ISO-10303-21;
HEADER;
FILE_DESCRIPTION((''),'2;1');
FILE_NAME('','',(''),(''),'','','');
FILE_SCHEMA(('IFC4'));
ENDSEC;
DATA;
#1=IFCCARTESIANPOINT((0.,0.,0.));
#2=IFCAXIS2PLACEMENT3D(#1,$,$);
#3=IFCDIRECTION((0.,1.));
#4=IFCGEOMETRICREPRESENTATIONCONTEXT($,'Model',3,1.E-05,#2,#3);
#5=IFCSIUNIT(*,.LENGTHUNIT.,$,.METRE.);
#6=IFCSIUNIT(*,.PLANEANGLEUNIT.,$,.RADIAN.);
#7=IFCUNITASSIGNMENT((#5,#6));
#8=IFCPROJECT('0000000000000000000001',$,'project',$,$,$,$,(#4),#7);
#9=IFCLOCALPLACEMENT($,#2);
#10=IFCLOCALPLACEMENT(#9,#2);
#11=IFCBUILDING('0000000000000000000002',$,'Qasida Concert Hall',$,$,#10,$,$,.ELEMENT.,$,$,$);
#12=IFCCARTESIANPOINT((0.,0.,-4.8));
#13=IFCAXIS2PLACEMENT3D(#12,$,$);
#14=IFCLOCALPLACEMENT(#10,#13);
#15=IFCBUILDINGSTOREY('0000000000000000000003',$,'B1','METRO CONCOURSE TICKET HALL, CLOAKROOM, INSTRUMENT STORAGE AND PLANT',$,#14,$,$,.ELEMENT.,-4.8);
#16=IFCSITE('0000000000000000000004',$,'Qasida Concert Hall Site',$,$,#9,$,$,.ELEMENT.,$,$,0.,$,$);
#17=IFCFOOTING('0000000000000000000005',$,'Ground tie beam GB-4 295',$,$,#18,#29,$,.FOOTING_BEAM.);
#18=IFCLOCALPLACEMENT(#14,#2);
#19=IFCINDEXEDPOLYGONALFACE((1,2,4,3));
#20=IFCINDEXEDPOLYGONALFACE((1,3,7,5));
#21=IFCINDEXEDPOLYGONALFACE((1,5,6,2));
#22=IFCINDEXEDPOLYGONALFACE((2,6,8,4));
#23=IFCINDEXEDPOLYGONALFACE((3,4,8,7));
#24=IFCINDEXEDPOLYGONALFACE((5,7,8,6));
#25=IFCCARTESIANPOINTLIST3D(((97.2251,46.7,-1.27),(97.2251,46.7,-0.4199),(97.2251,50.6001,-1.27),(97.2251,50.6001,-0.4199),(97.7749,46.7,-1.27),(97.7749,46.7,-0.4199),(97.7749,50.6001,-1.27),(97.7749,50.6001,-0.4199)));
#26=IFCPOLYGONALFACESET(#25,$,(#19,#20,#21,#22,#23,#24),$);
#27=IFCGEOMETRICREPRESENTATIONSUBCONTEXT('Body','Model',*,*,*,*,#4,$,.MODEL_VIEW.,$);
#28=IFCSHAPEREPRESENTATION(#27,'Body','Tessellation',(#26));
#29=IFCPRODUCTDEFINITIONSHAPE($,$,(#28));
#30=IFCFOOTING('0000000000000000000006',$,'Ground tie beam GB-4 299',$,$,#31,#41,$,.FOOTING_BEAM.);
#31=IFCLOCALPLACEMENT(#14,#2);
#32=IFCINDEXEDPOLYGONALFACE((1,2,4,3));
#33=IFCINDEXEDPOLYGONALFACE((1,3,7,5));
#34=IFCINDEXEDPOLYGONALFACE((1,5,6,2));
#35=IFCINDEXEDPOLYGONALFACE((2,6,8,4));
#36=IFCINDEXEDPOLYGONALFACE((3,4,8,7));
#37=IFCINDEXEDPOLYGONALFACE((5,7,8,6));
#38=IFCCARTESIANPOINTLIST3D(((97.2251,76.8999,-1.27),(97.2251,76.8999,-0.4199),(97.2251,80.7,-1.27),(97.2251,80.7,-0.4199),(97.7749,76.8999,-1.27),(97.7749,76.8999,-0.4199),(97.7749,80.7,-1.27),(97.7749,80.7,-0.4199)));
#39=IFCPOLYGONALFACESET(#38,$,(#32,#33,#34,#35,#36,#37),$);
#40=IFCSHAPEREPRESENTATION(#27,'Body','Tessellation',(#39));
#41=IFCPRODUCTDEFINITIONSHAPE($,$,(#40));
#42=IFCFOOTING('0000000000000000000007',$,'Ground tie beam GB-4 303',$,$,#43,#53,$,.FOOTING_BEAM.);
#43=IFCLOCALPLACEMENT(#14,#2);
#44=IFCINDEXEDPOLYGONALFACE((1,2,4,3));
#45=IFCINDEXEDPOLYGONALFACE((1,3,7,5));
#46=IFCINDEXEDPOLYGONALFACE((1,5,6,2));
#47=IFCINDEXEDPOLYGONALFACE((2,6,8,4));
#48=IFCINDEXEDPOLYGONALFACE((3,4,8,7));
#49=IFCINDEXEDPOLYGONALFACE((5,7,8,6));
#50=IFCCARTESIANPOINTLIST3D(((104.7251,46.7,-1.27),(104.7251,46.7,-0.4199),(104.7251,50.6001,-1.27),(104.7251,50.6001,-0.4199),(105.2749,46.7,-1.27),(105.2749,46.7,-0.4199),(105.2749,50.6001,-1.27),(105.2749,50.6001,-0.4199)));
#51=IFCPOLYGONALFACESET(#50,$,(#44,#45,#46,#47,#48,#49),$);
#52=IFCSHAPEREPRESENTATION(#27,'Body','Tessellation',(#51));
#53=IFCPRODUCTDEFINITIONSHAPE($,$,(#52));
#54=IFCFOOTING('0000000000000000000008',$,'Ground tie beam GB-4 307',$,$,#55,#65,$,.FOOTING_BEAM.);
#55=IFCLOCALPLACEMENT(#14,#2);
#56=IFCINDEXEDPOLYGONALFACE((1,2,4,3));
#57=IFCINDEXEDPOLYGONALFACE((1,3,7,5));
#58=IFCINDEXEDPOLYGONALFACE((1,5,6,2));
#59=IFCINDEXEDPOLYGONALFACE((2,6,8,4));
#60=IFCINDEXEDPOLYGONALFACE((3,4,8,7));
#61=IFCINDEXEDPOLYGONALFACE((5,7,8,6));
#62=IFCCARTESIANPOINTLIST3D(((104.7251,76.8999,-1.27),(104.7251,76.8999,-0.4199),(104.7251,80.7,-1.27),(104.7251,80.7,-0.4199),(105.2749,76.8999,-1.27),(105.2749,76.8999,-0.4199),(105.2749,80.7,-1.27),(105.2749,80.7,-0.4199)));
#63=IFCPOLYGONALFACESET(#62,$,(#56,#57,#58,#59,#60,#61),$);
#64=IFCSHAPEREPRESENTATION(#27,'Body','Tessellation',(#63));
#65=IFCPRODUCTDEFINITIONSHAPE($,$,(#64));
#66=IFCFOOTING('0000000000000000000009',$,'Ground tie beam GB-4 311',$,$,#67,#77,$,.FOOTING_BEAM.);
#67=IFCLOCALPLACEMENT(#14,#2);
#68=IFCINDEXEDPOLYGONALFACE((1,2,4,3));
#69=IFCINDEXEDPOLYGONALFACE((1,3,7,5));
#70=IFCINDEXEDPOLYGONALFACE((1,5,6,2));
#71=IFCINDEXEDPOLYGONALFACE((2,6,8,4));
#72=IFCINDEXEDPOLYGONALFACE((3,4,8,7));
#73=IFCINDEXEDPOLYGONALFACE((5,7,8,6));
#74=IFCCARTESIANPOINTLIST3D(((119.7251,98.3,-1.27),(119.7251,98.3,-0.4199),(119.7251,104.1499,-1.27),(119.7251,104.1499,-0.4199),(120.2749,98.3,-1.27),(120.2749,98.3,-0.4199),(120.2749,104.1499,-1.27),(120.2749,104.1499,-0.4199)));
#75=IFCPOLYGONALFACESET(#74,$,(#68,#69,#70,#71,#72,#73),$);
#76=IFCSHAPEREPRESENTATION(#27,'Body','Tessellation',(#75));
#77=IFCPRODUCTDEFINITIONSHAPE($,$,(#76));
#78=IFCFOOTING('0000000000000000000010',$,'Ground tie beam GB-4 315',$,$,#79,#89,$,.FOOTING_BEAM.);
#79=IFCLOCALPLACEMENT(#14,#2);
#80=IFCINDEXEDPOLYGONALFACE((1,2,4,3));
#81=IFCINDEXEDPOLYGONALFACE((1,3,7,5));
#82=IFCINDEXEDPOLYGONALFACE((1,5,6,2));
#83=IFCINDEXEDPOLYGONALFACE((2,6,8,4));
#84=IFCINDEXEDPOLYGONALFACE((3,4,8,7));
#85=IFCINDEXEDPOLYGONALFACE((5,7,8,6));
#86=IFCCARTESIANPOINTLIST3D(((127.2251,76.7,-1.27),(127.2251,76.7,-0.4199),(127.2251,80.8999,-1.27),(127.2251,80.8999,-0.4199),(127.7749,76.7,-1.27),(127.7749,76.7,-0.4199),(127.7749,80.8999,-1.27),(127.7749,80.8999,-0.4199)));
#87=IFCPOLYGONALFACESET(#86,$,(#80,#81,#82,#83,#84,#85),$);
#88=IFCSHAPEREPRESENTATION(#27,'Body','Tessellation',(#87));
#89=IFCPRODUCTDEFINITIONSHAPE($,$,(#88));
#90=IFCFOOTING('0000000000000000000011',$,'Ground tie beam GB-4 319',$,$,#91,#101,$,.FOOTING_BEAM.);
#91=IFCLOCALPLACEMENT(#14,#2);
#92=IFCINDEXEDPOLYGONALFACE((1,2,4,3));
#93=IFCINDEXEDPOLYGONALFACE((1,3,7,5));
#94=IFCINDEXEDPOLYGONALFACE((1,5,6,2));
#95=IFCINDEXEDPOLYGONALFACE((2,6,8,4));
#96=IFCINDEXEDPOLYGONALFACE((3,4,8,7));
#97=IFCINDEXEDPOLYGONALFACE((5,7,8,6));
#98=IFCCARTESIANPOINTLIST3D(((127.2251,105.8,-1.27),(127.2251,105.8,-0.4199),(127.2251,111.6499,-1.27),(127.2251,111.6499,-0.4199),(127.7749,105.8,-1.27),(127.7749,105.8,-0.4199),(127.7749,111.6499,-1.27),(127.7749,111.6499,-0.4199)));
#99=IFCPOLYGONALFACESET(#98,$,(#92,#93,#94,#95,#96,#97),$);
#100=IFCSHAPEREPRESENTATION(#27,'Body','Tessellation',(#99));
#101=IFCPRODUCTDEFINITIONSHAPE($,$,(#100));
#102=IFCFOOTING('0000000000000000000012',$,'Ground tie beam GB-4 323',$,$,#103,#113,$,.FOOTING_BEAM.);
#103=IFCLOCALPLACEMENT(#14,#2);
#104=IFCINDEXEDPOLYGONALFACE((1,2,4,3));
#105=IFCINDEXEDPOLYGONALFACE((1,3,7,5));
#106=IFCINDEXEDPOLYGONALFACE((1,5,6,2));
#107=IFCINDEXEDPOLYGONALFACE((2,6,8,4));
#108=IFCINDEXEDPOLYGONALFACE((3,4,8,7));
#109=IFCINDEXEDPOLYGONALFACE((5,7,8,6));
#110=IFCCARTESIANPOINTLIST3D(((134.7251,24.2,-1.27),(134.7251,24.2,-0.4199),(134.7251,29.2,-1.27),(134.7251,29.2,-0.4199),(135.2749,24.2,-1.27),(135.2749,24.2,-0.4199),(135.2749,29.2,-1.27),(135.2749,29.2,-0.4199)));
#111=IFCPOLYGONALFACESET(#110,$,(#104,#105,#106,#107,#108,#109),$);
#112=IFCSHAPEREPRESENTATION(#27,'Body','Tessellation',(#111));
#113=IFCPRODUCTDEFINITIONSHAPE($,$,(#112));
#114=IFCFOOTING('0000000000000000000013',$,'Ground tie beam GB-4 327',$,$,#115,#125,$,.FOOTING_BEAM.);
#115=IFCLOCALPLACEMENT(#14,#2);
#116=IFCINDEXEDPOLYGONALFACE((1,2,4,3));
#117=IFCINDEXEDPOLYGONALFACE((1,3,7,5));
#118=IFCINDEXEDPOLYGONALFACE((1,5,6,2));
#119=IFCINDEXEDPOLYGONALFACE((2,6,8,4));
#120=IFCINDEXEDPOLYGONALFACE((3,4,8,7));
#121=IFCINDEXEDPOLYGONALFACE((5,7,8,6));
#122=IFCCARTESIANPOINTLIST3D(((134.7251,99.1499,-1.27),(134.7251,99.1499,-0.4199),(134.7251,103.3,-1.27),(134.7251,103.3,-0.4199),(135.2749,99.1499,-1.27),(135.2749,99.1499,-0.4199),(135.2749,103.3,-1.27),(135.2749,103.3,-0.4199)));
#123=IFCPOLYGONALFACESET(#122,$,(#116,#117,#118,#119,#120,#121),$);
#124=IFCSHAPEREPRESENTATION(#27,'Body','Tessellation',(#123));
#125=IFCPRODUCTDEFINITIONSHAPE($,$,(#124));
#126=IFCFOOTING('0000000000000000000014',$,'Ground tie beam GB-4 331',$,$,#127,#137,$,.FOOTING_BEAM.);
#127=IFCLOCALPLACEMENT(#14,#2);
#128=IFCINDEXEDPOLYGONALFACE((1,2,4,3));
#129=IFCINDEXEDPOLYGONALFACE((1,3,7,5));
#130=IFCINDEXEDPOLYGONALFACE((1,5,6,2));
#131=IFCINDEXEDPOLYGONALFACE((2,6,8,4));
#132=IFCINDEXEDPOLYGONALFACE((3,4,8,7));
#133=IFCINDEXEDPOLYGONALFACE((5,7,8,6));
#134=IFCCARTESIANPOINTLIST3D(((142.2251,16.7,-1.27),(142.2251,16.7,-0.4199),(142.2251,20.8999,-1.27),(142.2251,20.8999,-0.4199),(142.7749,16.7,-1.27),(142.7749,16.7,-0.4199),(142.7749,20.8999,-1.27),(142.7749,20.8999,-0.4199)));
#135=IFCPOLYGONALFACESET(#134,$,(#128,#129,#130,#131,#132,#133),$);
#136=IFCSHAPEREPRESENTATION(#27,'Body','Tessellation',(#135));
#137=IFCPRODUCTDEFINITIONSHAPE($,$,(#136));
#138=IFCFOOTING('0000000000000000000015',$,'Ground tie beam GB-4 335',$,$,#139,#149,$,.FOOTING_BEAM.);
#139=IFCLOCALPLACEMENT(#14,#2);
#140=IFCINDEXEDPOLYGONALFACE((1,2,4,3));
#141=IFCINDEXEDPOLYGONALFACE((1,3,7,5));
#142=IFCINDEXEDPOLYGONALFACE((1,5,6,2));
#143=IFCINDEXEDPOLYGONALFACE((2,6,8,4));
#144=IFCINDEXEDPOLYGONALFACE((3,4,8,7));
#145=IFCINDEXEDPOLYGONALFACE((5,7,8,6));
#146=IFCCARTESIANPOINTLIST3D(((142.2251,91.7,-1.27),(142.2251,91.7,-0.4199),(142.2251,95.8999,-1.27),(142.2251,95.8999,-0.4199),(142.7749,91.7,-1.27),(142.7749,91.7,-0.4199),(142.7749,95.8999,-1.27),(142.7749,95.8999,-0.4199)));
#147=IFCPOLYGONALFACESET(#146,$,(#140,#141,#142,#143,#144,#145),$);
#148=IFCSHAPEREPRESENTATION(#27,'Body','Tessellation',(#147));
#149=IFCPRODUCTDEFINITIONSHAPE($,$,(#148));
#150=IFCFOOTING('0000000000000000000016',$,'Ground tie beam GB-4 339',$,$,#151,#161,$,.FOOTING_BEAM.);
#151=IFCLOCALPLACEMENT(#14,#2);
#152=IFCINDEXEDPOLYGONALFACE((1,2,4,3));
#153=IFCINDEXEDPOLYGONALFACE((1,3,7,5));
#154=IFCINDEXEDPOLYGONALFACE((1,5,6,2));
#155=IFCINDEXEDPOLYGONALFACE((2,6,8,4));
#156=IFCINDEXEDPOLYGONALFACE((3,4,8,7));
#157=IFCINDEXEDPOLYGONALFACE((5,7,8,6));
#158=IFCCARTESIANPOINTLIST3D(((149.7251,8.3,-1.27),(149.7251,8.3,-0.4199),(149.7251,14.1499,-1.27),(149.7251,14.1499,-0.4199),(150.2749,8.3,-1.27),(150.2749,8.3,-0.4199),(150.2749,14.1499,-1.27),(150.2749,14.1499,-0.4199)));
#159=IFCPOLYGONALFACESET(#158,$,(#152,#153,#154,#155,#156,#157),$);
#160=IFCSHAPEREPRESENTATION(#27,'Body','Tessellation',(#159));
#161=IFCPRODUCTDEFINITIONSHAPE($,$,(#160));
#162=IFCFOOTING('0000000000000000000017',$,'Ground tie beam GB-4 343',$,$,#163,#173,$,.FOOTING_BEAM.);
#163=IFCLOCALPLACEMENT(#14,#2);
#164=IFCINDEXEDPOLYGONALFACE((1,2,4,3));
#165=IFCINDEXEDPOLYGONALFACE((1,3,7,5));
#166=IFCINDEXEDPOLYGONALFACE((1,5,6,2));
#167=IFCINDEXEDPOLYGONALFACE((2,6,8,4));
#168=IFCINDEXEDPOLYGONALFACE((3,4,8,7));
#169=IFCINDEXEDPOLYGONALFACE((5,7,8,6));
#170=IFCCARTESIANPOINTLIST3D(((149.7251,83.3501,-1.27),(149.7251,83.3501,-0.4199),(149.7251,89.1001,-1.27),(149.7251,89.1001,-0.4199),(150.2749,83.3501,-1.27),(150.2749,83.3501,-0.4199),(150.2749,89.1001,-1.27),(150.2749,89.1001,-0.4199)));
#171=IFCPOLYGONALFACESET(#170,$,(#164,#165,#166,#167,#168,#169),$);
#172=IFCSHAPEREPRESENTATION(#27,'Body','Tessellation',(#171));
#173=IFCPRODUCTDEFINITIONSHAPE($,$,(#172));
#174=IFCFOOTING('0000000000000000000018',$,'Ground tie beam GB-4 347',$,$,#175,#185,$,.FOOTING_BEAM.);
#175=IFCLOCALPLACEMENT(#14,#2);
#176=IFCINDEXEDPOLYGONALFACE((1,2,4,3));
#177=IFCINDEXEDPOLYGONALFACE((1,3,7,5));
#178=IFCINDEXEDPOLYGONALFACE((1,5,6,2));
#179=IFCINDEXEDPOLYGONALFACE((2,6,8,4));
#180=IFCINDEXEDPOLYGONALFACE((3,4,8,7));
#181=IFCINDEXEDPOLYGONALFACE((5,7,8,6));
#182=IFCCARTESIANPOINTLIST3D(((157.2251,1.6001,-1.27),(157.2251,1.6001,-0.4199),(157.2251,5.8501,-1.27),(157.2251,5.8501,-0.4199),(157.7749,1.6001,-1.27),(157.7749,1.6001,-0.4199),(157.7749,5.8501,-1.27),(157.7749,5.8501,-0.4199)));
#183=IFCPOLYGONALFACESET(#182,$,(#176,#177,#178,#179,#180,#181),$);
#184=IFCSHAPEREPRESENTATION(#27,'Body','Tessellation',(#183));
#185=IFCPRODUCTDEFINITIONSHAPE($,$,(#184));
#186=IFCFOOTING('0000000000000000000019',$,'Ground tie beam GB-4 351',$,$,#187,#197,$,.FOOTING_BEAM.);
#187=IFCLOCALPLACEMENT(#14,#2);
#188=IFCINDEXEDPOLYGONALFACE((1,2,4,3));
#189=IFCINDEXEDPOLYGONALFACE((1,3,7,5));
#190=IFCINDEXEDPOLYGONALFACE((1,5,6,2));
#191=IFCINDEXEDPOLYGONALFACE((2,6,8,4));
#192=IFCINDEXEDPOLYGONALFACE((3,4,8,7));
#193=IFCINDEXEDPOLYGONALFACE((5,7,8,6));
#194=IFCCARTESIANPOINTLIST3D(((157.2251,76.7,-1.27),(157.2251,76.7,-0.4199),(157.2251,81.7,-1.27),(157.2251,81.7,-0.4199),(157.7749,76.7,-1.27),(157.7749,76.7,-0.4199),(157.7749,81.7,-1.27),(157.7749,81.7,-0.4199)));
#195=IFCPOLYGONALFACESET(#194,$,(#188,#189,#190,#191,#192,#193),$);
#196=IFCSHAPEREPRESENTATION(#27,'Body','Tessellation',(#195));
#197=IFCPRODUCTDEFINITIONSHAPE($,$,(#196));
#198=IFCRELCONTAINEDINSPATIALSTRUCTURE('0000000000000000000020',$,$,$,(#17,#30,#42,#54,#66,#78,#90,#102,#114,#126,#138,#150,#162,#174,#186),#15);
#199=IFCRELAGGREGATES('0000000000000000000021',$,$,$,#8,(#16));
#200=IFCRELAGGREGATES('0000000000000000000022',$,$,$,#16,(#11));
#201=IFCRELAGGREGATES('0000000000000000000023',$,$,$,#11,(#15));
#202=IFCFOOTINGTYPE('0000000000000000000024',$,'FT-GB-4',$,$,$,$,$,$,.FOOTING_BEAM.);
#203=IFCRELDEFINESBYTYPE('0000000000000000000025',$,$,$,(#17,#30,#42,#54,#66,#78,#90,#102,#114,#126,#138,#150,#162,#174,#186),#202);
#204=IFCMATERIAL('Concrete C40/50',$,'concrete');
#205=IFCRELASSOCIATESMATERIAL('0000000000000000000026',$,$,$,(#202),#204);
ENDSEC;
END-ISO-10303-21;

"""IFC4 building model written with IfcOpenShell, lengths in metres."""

from ifc_helpers import new_model, si_unit, direction, frame, origin, place, context, subcontext, project, spatial, polyline, outline, extrude, material, type_object, element, save


model = new_model("IFC4")

# Units and contexts
model_context = context("Model", 3, precision=1e-05, world=origin(), true_north=direction((0.0, 1.0)))
body_context = subcontext(model_context, "Body", "Model", "MODEL_VIEW")
ifc_project = project(units=[si_unit("LENGTHUNIT", "METRE"), si_unit("PLANEANGLEUNIT", "RADIAN")], contexts=[model_context])

# Site, building, storey
site_placement = place(None, origin())
site = spatial("IfcSite", under=ifc_project, at=site_placement, Name="Qasida Concert Hall Site", CompositionType="ELEMENT", RefElevation=0.0)
building_placement = place(site_placement, origin())
building = spatial("IfcBuilding", under=site, at=building_placement, Name="Qasida Concert Hall", CompositionType="ELEMENT")
storey_placement = place(building_placement, frame((0.0, 0.0, -4.8)))
storey = spatial("IfcBuildingStorey", under=building, at=storey_placement, Name="B1", Description="METRO CONCOURSE TICKET HALL, CLOAKROOM, INSTRUMENT STORAGE AND PLANT", CompositionType="ELEMENT", Elevation=-4.8)

# Footings
ifc_material = material(Name="Concrete C40/50", Category="concrete")
footing_type_1 = type_object("IfcFootingType", Name="FT-GB-4", PredefinedType="FOOTING_BEAM", material=ifc_material)
footing_1_placement = place(storey_placement, frame((0.0, 0.0, -1.27)))
element("IfcFooting", 1, at=footing_1_placement, inside=storey, type_object=footing_type_1, Name="Ground tie beam GB-4 295", PredefinedType="FOOTING_BEAM", context=body_context, shape_type="SweptSolid", body=[
    extrude(outline(polyline([(97.2251, 46.7), (97.7749, 46.7), (97.7749, 50.6001), (97.2251, 50.6001), (97.2251, 46.7)])), origin(), (0.0, 0.0, 1.0), 0.8501),
])
footing_2_placement = place(storey_placement, frame((0.0, 0.0, -1.27)))
element("IfcFooting", 2, at=footing_2_placement, inside=storey, type_object=footing_type_1, Name="Ground tie beam GB-4 299", PredefinedType="FOOTING_BEAM", context=body_context, shape_type="SweptSolid", body=[
    extrude(outline(polyline([(97.2251, 76.8999), (97.7749, 76.8999), (97.7749, 80.7), (97.2251, 80.7), (97.2251, 76.8999)])), origin(), (0.0, 0.0, 1.0), 0.8501),
])
footing_3_placement = place(storey_placement, frame((0.0, 0.0, -1.27)))
element("IfcFooting", 3, at=footing_3_placement, inside=storey, type_object=footing_type_1, Name="Ground tie beam GB-4 303", PredefinedType="FOOTING_BEAM", context=body_context, shape_type="SweptSolid", body=[
    extrude(outline(polyline([(104.7251, 46.7), (105.2749, 46.7), (105.2749, 50.6001), (104.7251, 50.6001), (104.7251, 46.7)])), origin(), (0.0, 0.0, 1.0), 0.8501),
])
footing_4_placement = place(storey_placement, frame((0.0, 0.0, -1.27)))
element("IfcFooting", 4, at=footing_4_placement, inside=storey, type_object=footing_type_1, Name="Ground tie beam GB-4 307", PredefinedType="FOOTING_BEAM", context=body_context, shape_type="SweptSolid", body=[
    extrude(outline(polyline([(104.7251, 76.8999), (105.2749, 76.8999), (105.2749, 80.7), (104.7251, 80.7), (104.7251, 76.8999)])), origin(), (0.0, 0.0, 1.0), 0.8501),
])
footing_5_placement = place(storey_placement, frame((0.0, 0.0, -1.27)))
element("IfcFooting", 5, at=footing_5_placement, inside=storey, type_object=footing_type_1, Name="Ground tie beam GB-4 311", PredefinedType="FOOTING_BEAM", context=body_context, shape_type="SweptSolid", body=[
    extrude(outline(polyline([(119.7251, 98.3), (120.2749, 98.3), (120.2749, 104.1499), (119.7251, 104.1499), (119.7251, 98.3)])), origin(), (0.0, 0.0, 1.0), 0.8501),
])
footing_6_placement = place(storey_placement, frame((0.0, 0.0, -1.27)))
element("IfcFooting", 6, at=footing_6_placement, inside=storey, type_object=footing_type_1, Name="Ground tie beam GB-4 315", PredefinedType="FOOTING_BEAM", context=body_context, shape_type="SweptSolid", body=[
    extrude(outline(polyline([(127.2251, 76.7), (127.7749, 76.7), (127.7749, 80.8999), (127.2251, 80.8999), (127.2251, 76.7)])), origin(), (0.0, 0.0, 1.0), 0.8501),
])
footing_7_placement = place(storey_placement, frame((0.0, 0.0, -1.27)))
element("IfcFooting", 7, at=footing_7_placement, inside=storey, type_object=footing_type_1, Name="Ground tie beam GB-4 319", PredefinedType="FOOTING_BEAM", context=body_context, shape_type="SweptSolid", body=[
    extrude(outline(polyline([(127.2251, 105.8), (127.7749, 105.8), (127.7749, 111.6499), (127.2251, 111.6499), (127.2251, 105.8)])), origin(), (0.0, 0.0, 1.0), 0.8501),
])
footing_8_placement = place(storey_placement, frame((0.0, 0.0, -1.27)))
element("IfcFooting", 8, at=footing_8_placement, inside=storey, type_object=footing_type_1, Name="Ground tie beam GB-4 323", PredefinedType="FOOTING_BEAM", context=body_context, shape_type="SweptSolid", body=[
    extrude(outline(polyline([(134.7251, 24.2), (135.2749, 24.2), (135.2749, 29.2), (134.7251, 29.2), (134.7251, 24.2)])), origin(), (0.0, 0.0, 1.0), 0.8501),
])
footing_9_placement = place(storey_placement, frame((0.0, 0.0, -1.27)))
element("IfcFooting", 9, at=footing_9_placement, inside=storey, type_object=footing_type_1, Name="Ground tie beam GB-4 327", PredefinedType="FOOTING_BEAM", context=body_context, shape_type="SweptSolid", body=[
    extrude(outline(polyline([(134.7251, 99.1499), (135.2749, 99.1499), (135.2749, 103.3), (134.7251, 103.3), (134.7251, 99.1499)])), origin(), (0.0, 0.0, 1.0), 0.8501),
])
footing_10_placement = place(storey_placement, frame((0.0, 0.0, -1.27)))
element("IfcFooting", 10, at=footing_10_placement, inside=storey, type_object=footing_type_1, Name="Ground tie beam GB-4 331", PredefinedType="FOOTING_BEAM", context=body_context, shape_type="SweptSolid", body=[
    extrude(outline(polyline([(142.2251, 16.7), (142.7749, 16.7), (142.7749, 20.8999), (142.2251, 20.8999), (142.2251, 16.7)])), origin(), (0.0, 0.0, 1.0), 0.8501),
])
footing_11_placement = place(storey_placement, frame((0.0, 0.0, -1.27)))
element("IfcFooting", 11, at=footing_11_placement, inside=storey, type_object=footing_type_1, Name="Ground tie beam GB-4 335", PredefinedType="FOOTING_BEAM", context=body_context, shape_type="SweptSolid", body=[
    extrude(outline(polyline([(142.2251, 91.7), (142.7749, 91.7), (142.7749, 95.8999), (142.2251, 95.8999), (142.2251, 91.7)])), origin(), (0.0, 0.0, 1.0), 0.8501),
])
footing_12_placement = place(storey_placement, frame((0.0, 0.0, -1.27)))
element("IfcFooting", 12, at=footing_12_placement, inside=storey, type_object=footing_type_1, Name="Ground tie beam GB-4 339", PredefinedType="FOOTING_BEAM", context=body_context, shape_type="SweptSolid", body=[
    extrude(outline(polyline([(149.7251, 8.3), (150.2749, 8.3), (150.2749, 14.1499), (149.7251, 14.1499), (149.7251, 8.3)])), origin(), (0.0, 0.0, 1.0), 0.8501),
])
footing_13_placement = place(storey_placement, frame((0.0, 0.0, -1.27)))
element("IfcFooting", 13, at=footing_13_placement, inside=storey, type_object=footing_type_1, Name="Ground tie beam GB-4 343", PredefinedType="FOOTING_BEAM", context=body_context, shape_type="SweptSolid", body=[
    extrude(outline(polyline([(149.7251, 83.3501), (150.2749, 83.3501), (150.2749, 89.1001), (149.7251, 89.1001), (149.7251, 83.3501)])), origin(), (0.0, 0.0, 1.0), 0.8501),
])
footing_14_placement = place(storey_placement, frame((0.0, 0.0, -1.27)))
element("IfcFooting", 14, at=footing_14_placement, inside=storey, type_object=footing_type_1, Name="Ground tie beam GB-4 347", PredefinedType="FOOTING_BEAM", context=body_context, shape_type="SweptSolid", body=[
    extrude(outline(polyline([(157.2251, 1.6001), (157.7749, 1.6001), (157.7749, 5.8501), (157.2251, 5.8501), (157.2251, 1.6001)])), origin(), (0.0, 0.0, 1.0), 0.8501),
])
footing_15_placement = place(storey_placement, frame((0.0, 0.0, -1.27)))
element("IfcFooting", 15, at=footing_15_placement, inside=storey, type_object=footing_type_1, Name="Ground tie beam GB-4 351", PredefinedType="FOOTING_BEAM", context=body_context, shape_type="SweptSolid", body=[
    extrude(outline(polyline([(157.2251, 76.7), (157.7749, 76.7), (157.7749, 81.7), (157.2251, 81.7), (157.2251, 76.7)])), origin(), (0.0, 0.0, 1.0), 0.8501),
])

save(model, "model.ifc")
